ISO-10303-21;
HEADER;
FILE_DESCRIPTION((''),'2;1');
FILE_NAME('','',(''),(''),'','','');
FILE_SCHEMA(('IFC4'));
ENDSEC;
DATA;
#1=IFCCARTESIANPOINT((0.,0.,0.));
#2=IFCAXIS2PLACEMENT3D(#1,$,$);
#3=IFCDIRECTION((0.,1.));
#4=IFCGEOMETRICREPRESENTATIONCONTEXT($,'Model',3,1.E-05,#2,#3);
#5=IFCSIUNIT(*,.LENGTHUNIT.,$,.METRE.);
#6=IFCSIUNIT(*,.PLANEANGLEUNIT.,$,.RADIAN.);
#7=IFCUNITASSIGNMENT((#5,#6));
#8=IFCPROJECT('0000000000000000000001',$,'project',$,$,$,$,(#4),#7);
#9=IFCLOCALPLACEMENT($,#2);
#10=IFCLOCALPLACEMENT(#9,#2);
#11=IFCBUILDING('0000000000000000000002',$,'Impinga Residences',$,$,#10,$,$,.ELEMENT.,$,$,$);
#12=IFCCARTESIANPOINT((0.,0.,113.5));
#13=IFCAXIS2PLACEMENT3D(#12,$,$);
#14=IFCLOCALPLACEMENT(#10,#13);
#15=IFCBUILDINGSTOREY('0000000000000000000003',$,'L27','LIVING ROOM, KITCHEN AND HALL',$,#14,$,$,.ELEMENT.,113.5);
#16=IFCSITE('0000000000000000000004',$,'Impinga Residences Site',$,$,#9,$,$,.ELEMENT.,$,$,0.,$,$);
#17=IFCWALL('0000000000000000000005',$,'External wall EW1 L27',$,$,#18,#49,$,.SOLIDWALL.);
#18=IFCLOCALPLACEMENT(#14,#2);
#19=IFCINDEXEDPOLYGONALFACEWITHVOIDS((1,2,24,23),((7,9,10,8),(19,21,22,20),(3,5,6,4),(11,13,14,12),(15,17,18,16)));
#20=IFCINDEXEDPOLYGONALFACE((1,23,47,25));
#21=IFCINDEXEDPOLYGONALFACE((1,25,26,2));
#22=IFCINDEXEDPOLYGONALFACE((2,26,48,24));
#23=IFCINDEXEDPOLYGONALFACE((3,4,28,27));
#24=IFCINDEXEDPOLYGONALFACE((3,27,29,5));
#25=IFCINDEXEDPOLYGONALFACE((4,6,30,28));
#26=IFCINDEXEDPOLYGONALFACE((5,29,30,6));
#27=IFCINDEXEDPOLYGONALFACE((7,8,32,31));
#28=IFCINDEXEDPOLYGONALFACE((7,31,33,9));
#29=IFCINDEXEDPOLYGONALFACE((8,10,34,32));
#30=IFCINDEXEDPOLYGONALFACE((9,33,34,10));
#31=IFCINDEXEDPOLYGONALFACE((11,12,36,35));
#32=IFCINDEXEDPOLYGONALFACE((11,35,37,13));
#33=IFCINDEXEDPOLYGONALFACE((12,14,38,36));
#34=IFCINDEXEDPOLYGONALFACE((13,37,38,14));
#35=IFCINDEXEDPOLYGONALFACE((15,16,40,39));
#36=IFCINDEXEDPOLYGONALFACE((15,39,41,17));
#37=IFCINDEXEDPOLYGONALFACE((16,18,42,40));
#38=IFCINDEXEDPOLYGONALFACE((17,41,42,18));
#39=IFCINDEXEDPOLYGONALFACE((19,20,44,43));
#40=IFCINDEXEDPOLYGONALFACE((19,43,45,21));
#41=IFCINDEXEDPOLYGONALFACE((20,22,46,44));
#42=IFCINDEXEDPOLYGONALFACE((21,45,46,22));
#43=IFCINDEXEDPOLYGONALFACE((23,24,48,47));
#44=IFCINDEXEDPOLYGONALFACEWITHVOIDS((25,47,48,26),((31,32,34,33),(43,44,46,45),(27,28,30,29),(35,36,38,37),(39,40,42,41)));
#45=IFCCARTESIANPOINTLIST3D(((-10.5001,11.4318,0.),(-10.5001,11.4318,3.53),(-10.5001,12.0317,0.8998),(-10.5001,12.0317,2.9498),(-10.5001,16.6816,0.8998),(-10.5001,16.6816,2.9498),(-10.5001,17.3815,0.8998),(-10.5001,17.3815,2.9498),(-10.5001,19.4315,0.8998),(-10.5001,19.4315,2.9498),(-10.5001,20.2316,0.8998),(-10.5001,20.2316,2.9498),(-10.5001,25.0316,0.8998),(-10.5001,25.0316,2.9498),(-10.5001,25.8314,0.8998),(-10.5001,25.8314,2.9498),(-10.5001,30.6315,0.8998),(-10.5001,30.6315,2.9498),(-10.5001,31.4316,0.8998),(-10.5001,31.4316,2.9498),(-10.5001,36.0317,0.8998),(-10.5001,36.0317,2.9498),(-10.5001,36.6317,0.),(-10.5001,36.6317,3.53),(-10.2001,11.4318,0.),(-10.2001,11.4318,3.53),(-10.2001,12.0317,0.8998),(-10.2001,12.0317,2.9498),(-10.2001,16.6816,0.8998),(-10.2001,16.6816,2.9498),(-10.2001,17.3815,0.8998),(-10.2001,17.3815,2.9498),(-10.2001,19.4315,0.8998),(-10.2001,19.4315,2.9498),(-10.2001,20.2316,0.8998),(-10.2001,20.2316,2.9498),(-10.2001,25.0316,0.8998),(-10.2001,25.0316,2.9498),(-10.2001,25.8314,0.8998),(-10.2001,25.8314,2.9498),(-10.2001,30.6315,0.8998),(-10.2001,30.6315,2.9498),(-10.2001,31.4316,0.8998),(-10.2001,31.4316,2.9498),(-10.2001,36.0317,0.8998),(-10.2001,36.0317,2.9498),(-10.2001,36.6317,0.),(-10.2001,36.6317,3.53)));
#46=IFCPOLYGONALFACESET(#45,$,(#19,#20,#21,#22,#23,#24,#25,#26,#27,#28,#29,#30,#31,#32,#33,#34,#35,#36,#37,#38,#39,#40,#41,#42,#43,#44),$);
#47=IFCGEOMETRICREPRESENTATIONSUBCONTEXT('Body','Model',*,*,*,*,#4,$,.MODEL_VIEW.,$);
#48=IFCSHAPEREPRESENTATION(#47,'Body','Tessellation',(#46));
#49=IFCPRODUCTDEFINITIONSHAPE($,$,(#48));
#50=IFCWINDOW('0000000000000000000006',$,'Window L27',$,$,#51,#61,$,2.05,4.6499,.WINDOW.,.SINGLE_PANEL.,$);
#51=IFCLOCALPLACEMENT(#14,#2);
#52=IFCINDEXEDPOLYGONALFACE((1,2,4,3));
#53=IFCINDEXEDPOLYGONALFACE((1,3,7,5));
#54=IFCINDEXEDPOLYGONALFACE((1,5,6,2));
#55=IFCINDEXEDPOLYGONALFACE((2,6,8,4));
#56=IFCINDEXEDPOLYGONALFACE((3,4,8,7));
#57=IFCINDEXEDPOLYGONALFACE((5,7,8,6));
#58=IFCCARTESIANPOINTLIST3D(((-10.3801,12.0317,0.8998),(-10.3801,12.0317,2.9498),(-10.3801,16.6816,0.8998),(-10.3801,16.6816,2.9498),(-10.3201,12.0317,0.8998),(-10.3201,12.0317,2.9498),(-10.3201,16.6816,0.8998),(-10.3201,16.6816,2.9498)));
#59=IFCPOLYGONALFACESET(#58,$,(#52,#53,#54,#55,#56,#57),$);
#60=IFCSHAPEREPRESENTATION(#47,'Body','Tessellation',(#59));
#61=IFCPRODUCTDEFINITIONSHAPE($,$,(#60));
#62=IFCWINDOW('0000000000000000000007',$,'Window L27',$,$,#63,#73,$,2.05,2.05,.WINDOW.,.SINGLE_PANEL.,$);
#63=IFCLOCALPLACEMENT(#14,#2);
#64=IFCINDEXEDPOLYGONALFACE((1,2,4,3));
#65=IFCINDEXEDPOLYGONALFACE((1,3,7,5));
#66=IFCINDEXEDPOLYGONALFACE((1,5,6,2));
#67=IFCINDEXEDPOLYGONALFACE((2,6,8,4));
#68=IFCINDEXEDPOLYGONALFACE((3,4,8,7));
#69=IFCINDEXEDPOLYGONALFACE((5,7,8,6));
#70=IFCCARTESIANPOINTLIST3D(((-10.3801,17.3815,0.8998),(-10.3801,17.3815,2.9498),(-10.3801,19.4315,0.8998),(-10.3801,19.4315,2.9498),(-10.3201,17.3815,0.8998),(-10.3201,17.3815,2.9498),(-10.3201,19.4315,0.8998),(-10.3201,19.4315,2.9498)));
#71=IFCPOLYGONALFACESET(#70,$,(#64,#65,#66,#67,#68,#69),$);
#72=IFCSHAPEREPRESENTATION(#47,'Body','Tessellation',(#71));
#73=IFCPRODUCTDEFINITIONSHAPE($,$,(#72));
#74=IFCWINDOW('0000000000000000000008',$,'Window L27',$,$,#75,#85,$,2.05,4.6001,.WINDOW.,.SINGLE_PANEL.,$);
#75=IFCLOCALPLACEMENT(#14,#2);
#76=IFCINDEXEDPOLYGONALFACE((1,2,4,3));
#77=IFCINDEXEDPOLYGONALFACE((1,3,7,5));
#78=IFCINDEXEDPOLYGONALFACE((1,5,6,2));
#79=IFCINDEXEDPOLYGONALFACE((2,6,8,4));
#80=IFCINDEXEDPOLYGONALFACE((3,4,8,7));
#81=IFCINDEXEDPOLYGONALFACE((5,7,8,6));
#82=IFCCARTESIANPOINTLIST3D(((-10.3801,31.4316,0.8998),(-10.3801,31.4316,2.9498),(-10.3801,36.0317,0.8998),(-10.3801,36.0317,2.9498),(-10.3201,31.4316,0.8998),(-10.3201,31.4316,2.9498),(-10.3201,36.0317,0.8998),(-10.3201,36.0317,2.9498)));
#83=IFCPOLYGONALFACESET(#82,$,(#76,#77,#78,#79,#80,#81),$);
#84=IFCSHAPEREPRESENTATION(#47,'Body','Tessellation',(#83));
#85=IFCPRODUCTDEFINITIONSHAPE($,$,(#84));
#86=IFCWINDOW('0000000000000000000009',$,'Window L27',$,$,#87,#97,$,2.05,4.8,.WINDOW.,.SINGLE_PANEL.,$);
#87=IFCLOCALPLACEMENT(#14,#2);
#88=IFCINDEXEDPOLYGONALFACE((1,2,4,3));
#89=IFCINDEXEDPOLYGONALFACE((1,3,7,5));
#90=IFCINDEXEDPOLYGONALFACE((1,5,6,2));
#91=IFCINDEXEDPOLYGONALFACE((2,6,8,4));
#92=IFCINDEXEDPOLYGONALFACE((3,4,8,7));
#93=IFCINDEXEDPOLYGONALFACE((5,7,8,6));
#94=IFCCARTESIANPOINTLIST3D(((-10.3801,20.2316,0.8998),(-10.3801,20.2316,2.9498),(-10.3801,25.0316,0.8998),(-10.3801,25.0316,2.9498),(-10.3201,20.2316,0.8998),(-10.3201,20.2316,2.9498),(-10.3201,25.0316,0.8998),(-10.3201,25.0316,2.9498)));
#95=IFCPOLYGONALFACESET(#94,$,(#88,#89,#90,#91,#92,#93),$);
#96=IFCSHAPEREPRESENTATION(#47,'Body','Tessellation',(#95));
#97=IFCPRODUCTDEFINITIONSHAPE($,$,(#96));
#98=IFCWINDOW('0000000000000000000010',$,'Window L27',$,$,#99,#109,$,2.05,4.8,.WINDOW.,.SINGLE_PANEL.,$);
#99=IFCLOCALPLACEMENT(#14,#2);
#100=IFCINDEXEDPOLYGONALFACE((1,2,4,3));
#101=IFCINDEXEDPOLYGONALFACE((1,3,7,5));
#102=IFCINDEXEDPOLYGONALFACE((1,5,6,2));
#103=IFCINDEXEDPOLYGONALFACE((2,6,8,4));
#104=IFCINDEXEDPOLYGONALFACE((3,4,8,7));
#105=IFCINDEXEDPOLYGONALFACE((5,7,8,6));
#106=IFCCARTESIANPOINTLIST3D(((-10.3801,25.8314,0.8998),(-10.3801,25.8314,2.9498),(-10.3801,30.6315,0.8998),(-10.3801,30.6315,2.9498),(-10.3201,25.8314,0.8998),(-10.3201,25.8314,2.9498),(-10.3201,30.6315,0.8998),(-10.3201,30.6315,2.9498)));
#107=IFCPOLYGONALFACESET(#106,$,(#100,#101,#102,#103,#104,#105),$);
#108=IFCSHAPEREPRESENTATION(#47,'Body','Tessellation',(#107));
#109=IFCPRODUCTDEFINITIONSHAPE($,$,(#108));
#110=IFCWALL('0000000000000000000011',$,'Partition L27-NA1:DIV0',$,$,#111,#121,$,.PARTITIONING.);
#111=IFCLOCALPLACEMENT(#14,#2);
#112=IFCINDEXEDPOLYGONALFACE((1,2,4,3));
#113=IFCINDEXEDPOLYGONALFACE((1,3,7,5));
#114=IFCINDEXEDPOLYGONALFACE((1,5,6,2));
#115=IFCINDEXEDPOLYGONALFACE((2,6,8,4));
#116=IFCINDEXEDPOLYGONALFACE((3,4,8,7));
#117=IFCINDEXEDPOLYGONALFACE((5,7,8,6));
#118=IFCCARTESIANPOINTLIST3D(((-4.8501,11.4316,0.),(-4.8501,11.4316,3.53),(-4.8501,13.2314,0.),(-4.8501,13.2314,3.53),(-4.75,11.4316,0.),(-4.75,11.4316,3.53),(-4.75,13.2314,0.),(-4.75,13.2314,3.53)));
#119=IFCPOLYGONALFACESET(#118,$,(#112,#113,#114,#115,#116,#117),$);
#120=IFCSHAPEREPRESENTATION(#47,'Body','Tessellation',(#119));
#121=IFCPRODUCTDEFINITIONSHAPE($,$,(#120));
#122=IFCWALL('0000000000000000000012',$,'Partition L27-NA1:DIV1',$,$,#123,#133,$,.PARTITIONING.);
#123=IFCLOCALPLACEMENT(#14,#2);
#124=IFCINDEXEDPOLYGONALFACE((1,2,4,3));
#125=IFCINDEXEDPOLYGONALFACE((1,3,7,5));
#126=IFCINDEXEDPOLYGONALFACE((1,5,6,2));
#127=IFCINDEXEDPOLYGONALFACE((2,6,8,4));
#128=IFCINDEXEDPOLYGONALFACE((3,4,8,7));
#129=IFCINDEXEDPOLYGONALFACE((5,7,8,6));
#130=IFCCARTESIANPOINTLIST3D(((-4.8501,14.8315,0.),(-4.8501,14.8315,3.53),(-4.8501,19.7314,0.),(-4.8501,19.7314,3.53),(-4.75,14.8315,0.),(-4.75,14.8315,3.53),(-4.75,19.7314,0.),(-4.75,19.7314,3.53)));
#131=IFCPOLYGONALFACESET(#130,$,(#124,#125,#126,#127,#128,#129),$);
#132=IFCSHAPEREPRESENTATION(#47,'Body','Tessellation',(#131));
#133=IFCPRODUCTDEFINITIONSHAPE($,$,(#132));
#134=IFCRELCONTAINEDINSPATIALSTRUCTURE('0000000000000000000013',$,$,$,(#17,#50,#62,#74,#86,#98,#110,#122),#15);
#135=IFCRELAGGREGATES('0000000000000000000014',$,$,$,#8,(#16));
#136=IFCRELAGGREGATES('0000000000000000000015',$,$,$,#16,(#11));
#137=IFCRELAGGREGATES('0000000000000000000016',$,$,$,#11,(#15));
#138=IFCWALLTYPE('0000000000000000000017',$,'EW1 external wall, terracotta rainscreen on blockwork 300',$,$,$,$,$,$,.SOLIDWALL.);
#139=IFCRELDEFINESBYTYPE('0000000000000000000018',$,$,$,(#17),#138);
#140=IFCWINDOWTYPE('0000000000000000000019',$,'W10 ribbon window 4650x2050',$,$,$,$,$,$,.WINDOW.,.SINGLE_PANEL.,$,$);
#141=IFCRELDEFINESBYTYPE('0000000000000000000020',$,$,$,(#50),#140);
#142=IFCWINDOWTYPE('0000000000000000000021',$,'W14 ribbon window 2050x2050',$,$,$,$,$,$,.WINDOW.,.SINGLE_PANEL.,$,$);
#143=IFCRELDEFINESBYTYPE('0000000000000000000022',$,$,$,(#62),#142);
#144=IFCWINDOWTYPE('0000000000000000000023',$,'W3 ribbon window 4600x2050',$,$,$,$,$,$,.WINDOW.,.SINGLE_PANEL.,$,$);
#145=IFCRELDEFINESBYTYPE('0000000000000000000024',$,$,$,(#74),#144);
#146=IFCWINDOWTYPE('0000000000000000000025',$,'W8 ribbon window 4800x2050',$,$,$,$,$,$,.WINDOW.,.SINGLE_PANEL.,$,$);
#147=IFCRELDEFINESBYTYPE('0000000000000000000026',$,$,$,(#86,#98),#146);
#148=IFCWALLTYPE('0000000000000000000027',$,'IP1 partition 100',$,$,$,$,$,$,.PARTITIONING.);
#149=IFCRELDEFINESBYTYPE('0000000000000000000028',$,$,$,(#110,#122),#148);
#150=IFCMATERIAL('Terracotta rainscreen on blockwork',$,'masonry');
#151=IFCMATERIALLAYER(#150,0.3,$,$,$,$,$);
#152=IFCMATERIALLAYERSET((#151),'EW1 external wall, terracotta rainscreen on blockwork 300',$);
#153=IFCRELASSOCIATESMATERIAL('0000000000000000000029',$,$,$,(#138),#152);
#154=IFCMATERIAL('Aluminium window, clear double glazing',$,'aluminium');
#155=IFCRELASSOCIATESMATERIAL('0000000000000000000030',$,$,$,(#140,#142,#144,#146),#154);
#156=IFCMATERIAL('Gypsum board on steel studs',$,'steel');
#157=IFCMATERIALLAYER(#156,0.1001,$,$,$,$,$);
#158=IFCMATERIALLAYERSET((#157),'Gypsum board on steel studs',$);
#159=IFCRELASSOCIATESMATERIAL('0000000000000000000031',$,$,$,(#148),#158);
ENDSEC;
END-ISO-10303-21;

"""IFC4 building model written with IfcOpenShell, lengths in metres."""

from ifc_helpers import new_model, si_unit, direction, frame, frame_2d, origin, place, context, subcontext, project, spatial, rectangle, extrude, material, layer, layer_set, type_object, element, fill, save


model = new_model("IFC4")

# Units and contexts
model_context = context("Model", 3, precision=1e-05, world=origin(), true_north=direction((0.0, 1.0)))
body_context = subcontext(model_context, "Body", "Model", "MODEL_VIEW")
ifc_project = project(units=[si_unit("LENGTHUNIT", "METRE"), si_unit("PLANEANGLEUNIT", "RADIAN")], contexts=[model_context])

# Site, building, storey
site_placement = place(None, origin())
site = spatial("IfcSite", under=ifc_project, at=site_placement, Name="Impinga Residences Site", CompositionType="ELEMENT", RefElevation=0.0)
building_placement = place(site_placement, origin())
building = spatial("IfcBuilding", under=site, at=building_placement, Name="Impinga Residences", CompositionType="ELEMENT")
storey_placement = place(building_placement, frame((0.0, 0.0, 113.5)))
storey = spatial("IfcBuildingStorey", under=building, at=storey_placement, Name="L27", Description="LIVING ROOM, KITCHEN AND HALL", CompositionType="ELEMENT", Elevation=113.5)

# Shared definitions
ifc_material_1 = material(Name="Terracotta rainscreen on blockwork", Category="masonry")
ifc_layer_1 = layer(ifc_material_1, 0.3)
ifc_layer_set_1 = layer_set([ifc_layer_1], Name="EW1 external wall, terracotta rainscreen on blockwork 300")
wall_type_1 = type_object("IfcWallType", Name="EW1 external wall, terracotta rainscreen on blockwork 300", PredefinedType="SOLIDWALL", material=ifc_layer_set_1)

# Wall, openings, windows
wall_1_placement = place(storey_placement, frame((-10.3501, 11.4316, 0.0), z_axis=(0.0, 0.0, 1.0), x_axis=(0.0, 1.0, 0.0)))
wall_1 = element("IfcWall", 1, at=wall_1_placement, inside=storey, type_object=wall_type_1, Name="External wall EW1 L27", PredefinedType="SOLIDWALL", context=body_context, shape_type="SweptSolid", body=[
    extrude(rectangle(XDim=25.2, YDim=0.3, at=frame_2d((12.6001, 0.0))), origin(), (0.0, 0.0, 1.0), 3.53),
])
opening_1_placement = place(wall_1_placement, frame((0.6001, 0.0, 0.8999)))
opening_1 = element("IfcOpeningElement", 2, at=opening_1_placement, cuts=wall_1, PredefinedType="OPENING", context=body_context, shape_type="SweptSolid", body=[
    extrude(rectangle(XDim=4.6499, YDim=2.05, at=frame_2d((2.325, 1.0249))), frame((0.0, 0.1599, 0.0), z_axis=(0.0, -1.0, 0.0), x_axis=(1.0, 0.0, 0.0)), (0.0, 0.0, 1.0), 0.3201),
])
opening_2_placement = place(wall_1_placement, frame((5.95, 0.0, 0.8999)))
opening_2 = element("IfcOpeningElement", 3, at=opening_2_placement, cuts=wall_1, PredefinedType="OPENING", context=body_context, shape_type="SweptSolid", body=[
    extrude(rectangle(XDim=2.05, YDim=2.05, at=frame_2d((1.0249, 1.0249))), frame((0.0, 0.1599, 0.0), z_axis=(0.0, -1.0, 0.0), x_axis=(1.0, 0.0, 0.0)), (0.0, 0.0, 1.0), 0.3201),
])
opening_3_placement = place(wall_1_placement, frame((8.8, 0.0, 0.8999)))
opening_3 = element("IfcOpeningElement", 4, at=opening_3_placement, cuts=wall_1, PredefinedType="OPENING", context=body_context, shape_type="SweptSolid", body=[
    extrude(rectangle(XDim=4.8, YDim=2.05, at=frame_2d((2.3999, 1.0249))), frame((0.0, 0.1599, 0.0), z_axis=(0.0, -1.0, 0.0), x_axis=(1.0, 0.0, 0.0)), (0.0, 0.0, 1.0), 0.3201),
])
opening_4_placement = place(wall_1_placement, frame((14.3999, 0.0, 0.8999)))
opening_4 = element("IfcOpeningElement", 5, at=opening_4_placement, cuts=wall_1, PredefinedType="OPENING", context=body_context, shape_type="SweptSolid", body=[
    extrude(rectangle(XDim=4.8, YDim=2.05, at=frame_2d((2.3999, 1.0249))), frame((0.0, 0.1599, 0.0), z_axis=(0.0, -1.0, 0.0), x_axis=(1.0, 0.0, 0.0)), (0.0, 0.0, 1.0), 0.3201),
])
opening_5_placement = place(wall_1_placement, frame((20.0, 0.0, 0.8999)))
opening_5 = element("IfcOpeningElement", 6, at=opening_5_placement, cuts=wall_1, PredefinedType="OPENING", context=body_context, shape_type="SweptSolid", body=[
    extrude(rectangle(XDim=4.6001, YDim=2.05, at=frame_2d((2.3, 1.0249))), frame((0.0, 0.1599, 0.0), z_axis=(0.0, -1.0, 0.0), x_axis=(1.0, 0.0, 0.0)), (0.0, 0.0, 1.0), 0.3201),
])
ifc_material_2 = material(Name="Aluminium window, clear double glazing", Category="aluminium")
window_type_1 = type_object("IfcWindowType", Name="W10 ribbon window 4650x2050", PartitioningType="SINGLE_PANEL", PredefinedType="WINDOW", material=ifc_material_2)
window_1_placement = place(opening_1_placement, origin())
window_1 = element("IfcWindow", 7, at=window_1_placement, inside=storey, type_object=window_type_1, Name="Window L27", OverallHeight=2.05, OverallWidth=4.6499, PartitioningType="SINGLE_PANEL", PredefinedType="WINDOW", context=body_context, shape_type="SweptSolid", body=[
    extrude(rectangle(XDim=4.6499, YDim=2.05, at=frame_2d((2.325, 1.0249))), frame((0.0, 0.03, 0.0), z_axis=(0.0, -1.0, 0.0), x_axis=(1.0, 0.0, 0.0)), (0.0, 0.0, 1.0), 0.0601),
])
fill(opening_1, window_1)
window_type_2 = type_object("IfcWindowType", Name="W14 ribbon window 2050x2050", PartitioningType="SINGLE_PANEL", PredefinedType="WINDOW", material=ifc_material_2)
window_2_placement = place(opening_2_placement, origin())
window_2 = element("IfcWindow", 8, at=window_2_placement, inside=storey, type_object=window_type_2, Name="Window L27", OverallHeight=2.05, OverallWidth=2.05, PartitioningType="SINGLE_PANEL", PredefinedType="WINDOW", context=body_context, shape_type="SweptSolid", body=[
    extrude(rectangle(XDim=2.05, YDim=2.05, at=frame_2d((1.0249, 1.0249))), frame((0.0, 0.03, 0.0), z_axis=(0.0, -1.0, 0.0), x_axis=(1.0, 0.0, 0.0)), (0.0, 0.0, 1.0), 0.0601),
])
fill(opening_2, window_2)
window_type_3 = type_object("IfcWindowType", Name="W3 ribbon window 4600x2050", PartitioningType="SINGLE_PANEL", PredefinedType="WINDOW", material=ifc_material_2)
window_3_placement = place(opening_5_placement, origin())
window_3 = element("IfcWindow", 9, at=window_3_placement, inside=storey, type_object=window_type_3, Name="Window L27", OverallHeight=2.05, OverallWidth=4.6001, PartitioningType="SINGLE_PANEL", PredefinedType="WINDOW", context=body_context, shape_type="SweptSolid", body=[
    extrude(rectangle(XDim=4.6001, YDim=2.05, at=frame_2d((2.3, 1.0249))), frame((0.0, 0.03, 0.0), z_axis=(0.0, -1.0, 0.0), x_axis=(1.0, 0.0, 0.0)), (0.0, 0.0, 1.0), 0.0601),
])
fill(opening_5, window_3)
window_type_4 = type_object("IfcWindowType", Name="W8 ribbon window 4800x2050", PartitioningType="SINGLE_PANEL", PredefinedType="WINDOW", material=ifc_material_2)
window_4_placement = place(opening_3_placement, origin())
window_4 = element("IfcWindow", 10, at=window_4_placement, inside=storey, type_object=window_type_4, Name="Window L27", OverallHeight=2.05, OverallWidth=4.8, PartitioningType="SINGLE_PANEL", PredefinedType="WINDOW", context=body_context, shape_type="SweptSolid", body=[
    extrude(rectangle(XDim=4.8, YDim=2.05, at=frame_2d((2.3999, 1.0249))), frame((0.0, 0.03, 0.0), z_axis=(0.0, -1.0, 0.0), x_axis=(1.0, 0.0, 0.0)), (0.0, 0.0, 1.0), 0.0601),
])
fill(opening_3, window_4)
window_5_placement = place(opening_4_placement, origin())
window_5 = element("IfcWindow", 11, at=window_5_placement, inside=storey, type_object=window_type_4, Name="Window L27", OverallHeight=2.05, OverallWidth=4.8, PartitioningType="SINGLE_PANEL", PredefinedType="WINDOW", context=body_context, shape_type="SweptSolid", body=[
    extrude(rectangle(XDim=4.8, YDim=2.05, at=frame_2d((2.3999, 1.0249))), frame((0.0, 0.03, 0.0), z_axis=(0.0, -1.0, 0.0), x_axis=(1.0, 0.0, 0.0)), (0.0, 0.0, 1.0), 0.0601),
])
fill(opening_4, window_5)

# Walls
ifc_material_3 = material(Name="Gypsum board on steel studs", Category="steel")
ifc_layer_2 = layer(ifc_material_3, 0.1001)
ifc_layer_set_2 = layer_set([ifc_layer_2], Name="Gypsum board on steel studs")
wall_type_2 = type_object("IfcWallType", Name="IP1 partition 100", PredefinedType="PARTITIONING", material=ifc_layer_set_2)
wall_2_placement = place(storey_placement, frame((-4.8, 11.4316, 0.0), z_axis=(0.0, 0.0, 1.0), x_axis=(0.0, 1.0, 0.0)))
element("IfcWall", 12, at=wall_2_placement, inside=storey, type_object=wall_type_2, Name="Partition L27-NA1:DIV0", PredefinedType="PARTITIONING", context=body_context, shape_type="SweptSolid", body=[
    extrude(rectangle(XDim=1.7998, YDim=0.1001, at=frame_2d((0.8999, 0.0))), origin(), (0.0, 0.0, 1.0), 3.53),
])
wall_3_placement = place(storey_placement, frame((-4.8, 14.8315, 0.0), z_axis=(0.0, 0.0, 1.0), x_axis=(0.0, 1.0, 0.0)))
element("IfcWall", 13, at=wall_3_placement, inside=storey, type_object=wall_type_2, Name="Partition L27-NA1:DIV1", PredefinedType="PARTITIONING", context=body_context, shape_type="SweptSolid", body=[
    extrude(rectangle(XDim=4.8999, YDim=0.1001, at=frame_2d((2.45, 0.0))), origin(), (0.0, 0.0, 1.0), 3.53),
])

save(model, "model.ifc")
